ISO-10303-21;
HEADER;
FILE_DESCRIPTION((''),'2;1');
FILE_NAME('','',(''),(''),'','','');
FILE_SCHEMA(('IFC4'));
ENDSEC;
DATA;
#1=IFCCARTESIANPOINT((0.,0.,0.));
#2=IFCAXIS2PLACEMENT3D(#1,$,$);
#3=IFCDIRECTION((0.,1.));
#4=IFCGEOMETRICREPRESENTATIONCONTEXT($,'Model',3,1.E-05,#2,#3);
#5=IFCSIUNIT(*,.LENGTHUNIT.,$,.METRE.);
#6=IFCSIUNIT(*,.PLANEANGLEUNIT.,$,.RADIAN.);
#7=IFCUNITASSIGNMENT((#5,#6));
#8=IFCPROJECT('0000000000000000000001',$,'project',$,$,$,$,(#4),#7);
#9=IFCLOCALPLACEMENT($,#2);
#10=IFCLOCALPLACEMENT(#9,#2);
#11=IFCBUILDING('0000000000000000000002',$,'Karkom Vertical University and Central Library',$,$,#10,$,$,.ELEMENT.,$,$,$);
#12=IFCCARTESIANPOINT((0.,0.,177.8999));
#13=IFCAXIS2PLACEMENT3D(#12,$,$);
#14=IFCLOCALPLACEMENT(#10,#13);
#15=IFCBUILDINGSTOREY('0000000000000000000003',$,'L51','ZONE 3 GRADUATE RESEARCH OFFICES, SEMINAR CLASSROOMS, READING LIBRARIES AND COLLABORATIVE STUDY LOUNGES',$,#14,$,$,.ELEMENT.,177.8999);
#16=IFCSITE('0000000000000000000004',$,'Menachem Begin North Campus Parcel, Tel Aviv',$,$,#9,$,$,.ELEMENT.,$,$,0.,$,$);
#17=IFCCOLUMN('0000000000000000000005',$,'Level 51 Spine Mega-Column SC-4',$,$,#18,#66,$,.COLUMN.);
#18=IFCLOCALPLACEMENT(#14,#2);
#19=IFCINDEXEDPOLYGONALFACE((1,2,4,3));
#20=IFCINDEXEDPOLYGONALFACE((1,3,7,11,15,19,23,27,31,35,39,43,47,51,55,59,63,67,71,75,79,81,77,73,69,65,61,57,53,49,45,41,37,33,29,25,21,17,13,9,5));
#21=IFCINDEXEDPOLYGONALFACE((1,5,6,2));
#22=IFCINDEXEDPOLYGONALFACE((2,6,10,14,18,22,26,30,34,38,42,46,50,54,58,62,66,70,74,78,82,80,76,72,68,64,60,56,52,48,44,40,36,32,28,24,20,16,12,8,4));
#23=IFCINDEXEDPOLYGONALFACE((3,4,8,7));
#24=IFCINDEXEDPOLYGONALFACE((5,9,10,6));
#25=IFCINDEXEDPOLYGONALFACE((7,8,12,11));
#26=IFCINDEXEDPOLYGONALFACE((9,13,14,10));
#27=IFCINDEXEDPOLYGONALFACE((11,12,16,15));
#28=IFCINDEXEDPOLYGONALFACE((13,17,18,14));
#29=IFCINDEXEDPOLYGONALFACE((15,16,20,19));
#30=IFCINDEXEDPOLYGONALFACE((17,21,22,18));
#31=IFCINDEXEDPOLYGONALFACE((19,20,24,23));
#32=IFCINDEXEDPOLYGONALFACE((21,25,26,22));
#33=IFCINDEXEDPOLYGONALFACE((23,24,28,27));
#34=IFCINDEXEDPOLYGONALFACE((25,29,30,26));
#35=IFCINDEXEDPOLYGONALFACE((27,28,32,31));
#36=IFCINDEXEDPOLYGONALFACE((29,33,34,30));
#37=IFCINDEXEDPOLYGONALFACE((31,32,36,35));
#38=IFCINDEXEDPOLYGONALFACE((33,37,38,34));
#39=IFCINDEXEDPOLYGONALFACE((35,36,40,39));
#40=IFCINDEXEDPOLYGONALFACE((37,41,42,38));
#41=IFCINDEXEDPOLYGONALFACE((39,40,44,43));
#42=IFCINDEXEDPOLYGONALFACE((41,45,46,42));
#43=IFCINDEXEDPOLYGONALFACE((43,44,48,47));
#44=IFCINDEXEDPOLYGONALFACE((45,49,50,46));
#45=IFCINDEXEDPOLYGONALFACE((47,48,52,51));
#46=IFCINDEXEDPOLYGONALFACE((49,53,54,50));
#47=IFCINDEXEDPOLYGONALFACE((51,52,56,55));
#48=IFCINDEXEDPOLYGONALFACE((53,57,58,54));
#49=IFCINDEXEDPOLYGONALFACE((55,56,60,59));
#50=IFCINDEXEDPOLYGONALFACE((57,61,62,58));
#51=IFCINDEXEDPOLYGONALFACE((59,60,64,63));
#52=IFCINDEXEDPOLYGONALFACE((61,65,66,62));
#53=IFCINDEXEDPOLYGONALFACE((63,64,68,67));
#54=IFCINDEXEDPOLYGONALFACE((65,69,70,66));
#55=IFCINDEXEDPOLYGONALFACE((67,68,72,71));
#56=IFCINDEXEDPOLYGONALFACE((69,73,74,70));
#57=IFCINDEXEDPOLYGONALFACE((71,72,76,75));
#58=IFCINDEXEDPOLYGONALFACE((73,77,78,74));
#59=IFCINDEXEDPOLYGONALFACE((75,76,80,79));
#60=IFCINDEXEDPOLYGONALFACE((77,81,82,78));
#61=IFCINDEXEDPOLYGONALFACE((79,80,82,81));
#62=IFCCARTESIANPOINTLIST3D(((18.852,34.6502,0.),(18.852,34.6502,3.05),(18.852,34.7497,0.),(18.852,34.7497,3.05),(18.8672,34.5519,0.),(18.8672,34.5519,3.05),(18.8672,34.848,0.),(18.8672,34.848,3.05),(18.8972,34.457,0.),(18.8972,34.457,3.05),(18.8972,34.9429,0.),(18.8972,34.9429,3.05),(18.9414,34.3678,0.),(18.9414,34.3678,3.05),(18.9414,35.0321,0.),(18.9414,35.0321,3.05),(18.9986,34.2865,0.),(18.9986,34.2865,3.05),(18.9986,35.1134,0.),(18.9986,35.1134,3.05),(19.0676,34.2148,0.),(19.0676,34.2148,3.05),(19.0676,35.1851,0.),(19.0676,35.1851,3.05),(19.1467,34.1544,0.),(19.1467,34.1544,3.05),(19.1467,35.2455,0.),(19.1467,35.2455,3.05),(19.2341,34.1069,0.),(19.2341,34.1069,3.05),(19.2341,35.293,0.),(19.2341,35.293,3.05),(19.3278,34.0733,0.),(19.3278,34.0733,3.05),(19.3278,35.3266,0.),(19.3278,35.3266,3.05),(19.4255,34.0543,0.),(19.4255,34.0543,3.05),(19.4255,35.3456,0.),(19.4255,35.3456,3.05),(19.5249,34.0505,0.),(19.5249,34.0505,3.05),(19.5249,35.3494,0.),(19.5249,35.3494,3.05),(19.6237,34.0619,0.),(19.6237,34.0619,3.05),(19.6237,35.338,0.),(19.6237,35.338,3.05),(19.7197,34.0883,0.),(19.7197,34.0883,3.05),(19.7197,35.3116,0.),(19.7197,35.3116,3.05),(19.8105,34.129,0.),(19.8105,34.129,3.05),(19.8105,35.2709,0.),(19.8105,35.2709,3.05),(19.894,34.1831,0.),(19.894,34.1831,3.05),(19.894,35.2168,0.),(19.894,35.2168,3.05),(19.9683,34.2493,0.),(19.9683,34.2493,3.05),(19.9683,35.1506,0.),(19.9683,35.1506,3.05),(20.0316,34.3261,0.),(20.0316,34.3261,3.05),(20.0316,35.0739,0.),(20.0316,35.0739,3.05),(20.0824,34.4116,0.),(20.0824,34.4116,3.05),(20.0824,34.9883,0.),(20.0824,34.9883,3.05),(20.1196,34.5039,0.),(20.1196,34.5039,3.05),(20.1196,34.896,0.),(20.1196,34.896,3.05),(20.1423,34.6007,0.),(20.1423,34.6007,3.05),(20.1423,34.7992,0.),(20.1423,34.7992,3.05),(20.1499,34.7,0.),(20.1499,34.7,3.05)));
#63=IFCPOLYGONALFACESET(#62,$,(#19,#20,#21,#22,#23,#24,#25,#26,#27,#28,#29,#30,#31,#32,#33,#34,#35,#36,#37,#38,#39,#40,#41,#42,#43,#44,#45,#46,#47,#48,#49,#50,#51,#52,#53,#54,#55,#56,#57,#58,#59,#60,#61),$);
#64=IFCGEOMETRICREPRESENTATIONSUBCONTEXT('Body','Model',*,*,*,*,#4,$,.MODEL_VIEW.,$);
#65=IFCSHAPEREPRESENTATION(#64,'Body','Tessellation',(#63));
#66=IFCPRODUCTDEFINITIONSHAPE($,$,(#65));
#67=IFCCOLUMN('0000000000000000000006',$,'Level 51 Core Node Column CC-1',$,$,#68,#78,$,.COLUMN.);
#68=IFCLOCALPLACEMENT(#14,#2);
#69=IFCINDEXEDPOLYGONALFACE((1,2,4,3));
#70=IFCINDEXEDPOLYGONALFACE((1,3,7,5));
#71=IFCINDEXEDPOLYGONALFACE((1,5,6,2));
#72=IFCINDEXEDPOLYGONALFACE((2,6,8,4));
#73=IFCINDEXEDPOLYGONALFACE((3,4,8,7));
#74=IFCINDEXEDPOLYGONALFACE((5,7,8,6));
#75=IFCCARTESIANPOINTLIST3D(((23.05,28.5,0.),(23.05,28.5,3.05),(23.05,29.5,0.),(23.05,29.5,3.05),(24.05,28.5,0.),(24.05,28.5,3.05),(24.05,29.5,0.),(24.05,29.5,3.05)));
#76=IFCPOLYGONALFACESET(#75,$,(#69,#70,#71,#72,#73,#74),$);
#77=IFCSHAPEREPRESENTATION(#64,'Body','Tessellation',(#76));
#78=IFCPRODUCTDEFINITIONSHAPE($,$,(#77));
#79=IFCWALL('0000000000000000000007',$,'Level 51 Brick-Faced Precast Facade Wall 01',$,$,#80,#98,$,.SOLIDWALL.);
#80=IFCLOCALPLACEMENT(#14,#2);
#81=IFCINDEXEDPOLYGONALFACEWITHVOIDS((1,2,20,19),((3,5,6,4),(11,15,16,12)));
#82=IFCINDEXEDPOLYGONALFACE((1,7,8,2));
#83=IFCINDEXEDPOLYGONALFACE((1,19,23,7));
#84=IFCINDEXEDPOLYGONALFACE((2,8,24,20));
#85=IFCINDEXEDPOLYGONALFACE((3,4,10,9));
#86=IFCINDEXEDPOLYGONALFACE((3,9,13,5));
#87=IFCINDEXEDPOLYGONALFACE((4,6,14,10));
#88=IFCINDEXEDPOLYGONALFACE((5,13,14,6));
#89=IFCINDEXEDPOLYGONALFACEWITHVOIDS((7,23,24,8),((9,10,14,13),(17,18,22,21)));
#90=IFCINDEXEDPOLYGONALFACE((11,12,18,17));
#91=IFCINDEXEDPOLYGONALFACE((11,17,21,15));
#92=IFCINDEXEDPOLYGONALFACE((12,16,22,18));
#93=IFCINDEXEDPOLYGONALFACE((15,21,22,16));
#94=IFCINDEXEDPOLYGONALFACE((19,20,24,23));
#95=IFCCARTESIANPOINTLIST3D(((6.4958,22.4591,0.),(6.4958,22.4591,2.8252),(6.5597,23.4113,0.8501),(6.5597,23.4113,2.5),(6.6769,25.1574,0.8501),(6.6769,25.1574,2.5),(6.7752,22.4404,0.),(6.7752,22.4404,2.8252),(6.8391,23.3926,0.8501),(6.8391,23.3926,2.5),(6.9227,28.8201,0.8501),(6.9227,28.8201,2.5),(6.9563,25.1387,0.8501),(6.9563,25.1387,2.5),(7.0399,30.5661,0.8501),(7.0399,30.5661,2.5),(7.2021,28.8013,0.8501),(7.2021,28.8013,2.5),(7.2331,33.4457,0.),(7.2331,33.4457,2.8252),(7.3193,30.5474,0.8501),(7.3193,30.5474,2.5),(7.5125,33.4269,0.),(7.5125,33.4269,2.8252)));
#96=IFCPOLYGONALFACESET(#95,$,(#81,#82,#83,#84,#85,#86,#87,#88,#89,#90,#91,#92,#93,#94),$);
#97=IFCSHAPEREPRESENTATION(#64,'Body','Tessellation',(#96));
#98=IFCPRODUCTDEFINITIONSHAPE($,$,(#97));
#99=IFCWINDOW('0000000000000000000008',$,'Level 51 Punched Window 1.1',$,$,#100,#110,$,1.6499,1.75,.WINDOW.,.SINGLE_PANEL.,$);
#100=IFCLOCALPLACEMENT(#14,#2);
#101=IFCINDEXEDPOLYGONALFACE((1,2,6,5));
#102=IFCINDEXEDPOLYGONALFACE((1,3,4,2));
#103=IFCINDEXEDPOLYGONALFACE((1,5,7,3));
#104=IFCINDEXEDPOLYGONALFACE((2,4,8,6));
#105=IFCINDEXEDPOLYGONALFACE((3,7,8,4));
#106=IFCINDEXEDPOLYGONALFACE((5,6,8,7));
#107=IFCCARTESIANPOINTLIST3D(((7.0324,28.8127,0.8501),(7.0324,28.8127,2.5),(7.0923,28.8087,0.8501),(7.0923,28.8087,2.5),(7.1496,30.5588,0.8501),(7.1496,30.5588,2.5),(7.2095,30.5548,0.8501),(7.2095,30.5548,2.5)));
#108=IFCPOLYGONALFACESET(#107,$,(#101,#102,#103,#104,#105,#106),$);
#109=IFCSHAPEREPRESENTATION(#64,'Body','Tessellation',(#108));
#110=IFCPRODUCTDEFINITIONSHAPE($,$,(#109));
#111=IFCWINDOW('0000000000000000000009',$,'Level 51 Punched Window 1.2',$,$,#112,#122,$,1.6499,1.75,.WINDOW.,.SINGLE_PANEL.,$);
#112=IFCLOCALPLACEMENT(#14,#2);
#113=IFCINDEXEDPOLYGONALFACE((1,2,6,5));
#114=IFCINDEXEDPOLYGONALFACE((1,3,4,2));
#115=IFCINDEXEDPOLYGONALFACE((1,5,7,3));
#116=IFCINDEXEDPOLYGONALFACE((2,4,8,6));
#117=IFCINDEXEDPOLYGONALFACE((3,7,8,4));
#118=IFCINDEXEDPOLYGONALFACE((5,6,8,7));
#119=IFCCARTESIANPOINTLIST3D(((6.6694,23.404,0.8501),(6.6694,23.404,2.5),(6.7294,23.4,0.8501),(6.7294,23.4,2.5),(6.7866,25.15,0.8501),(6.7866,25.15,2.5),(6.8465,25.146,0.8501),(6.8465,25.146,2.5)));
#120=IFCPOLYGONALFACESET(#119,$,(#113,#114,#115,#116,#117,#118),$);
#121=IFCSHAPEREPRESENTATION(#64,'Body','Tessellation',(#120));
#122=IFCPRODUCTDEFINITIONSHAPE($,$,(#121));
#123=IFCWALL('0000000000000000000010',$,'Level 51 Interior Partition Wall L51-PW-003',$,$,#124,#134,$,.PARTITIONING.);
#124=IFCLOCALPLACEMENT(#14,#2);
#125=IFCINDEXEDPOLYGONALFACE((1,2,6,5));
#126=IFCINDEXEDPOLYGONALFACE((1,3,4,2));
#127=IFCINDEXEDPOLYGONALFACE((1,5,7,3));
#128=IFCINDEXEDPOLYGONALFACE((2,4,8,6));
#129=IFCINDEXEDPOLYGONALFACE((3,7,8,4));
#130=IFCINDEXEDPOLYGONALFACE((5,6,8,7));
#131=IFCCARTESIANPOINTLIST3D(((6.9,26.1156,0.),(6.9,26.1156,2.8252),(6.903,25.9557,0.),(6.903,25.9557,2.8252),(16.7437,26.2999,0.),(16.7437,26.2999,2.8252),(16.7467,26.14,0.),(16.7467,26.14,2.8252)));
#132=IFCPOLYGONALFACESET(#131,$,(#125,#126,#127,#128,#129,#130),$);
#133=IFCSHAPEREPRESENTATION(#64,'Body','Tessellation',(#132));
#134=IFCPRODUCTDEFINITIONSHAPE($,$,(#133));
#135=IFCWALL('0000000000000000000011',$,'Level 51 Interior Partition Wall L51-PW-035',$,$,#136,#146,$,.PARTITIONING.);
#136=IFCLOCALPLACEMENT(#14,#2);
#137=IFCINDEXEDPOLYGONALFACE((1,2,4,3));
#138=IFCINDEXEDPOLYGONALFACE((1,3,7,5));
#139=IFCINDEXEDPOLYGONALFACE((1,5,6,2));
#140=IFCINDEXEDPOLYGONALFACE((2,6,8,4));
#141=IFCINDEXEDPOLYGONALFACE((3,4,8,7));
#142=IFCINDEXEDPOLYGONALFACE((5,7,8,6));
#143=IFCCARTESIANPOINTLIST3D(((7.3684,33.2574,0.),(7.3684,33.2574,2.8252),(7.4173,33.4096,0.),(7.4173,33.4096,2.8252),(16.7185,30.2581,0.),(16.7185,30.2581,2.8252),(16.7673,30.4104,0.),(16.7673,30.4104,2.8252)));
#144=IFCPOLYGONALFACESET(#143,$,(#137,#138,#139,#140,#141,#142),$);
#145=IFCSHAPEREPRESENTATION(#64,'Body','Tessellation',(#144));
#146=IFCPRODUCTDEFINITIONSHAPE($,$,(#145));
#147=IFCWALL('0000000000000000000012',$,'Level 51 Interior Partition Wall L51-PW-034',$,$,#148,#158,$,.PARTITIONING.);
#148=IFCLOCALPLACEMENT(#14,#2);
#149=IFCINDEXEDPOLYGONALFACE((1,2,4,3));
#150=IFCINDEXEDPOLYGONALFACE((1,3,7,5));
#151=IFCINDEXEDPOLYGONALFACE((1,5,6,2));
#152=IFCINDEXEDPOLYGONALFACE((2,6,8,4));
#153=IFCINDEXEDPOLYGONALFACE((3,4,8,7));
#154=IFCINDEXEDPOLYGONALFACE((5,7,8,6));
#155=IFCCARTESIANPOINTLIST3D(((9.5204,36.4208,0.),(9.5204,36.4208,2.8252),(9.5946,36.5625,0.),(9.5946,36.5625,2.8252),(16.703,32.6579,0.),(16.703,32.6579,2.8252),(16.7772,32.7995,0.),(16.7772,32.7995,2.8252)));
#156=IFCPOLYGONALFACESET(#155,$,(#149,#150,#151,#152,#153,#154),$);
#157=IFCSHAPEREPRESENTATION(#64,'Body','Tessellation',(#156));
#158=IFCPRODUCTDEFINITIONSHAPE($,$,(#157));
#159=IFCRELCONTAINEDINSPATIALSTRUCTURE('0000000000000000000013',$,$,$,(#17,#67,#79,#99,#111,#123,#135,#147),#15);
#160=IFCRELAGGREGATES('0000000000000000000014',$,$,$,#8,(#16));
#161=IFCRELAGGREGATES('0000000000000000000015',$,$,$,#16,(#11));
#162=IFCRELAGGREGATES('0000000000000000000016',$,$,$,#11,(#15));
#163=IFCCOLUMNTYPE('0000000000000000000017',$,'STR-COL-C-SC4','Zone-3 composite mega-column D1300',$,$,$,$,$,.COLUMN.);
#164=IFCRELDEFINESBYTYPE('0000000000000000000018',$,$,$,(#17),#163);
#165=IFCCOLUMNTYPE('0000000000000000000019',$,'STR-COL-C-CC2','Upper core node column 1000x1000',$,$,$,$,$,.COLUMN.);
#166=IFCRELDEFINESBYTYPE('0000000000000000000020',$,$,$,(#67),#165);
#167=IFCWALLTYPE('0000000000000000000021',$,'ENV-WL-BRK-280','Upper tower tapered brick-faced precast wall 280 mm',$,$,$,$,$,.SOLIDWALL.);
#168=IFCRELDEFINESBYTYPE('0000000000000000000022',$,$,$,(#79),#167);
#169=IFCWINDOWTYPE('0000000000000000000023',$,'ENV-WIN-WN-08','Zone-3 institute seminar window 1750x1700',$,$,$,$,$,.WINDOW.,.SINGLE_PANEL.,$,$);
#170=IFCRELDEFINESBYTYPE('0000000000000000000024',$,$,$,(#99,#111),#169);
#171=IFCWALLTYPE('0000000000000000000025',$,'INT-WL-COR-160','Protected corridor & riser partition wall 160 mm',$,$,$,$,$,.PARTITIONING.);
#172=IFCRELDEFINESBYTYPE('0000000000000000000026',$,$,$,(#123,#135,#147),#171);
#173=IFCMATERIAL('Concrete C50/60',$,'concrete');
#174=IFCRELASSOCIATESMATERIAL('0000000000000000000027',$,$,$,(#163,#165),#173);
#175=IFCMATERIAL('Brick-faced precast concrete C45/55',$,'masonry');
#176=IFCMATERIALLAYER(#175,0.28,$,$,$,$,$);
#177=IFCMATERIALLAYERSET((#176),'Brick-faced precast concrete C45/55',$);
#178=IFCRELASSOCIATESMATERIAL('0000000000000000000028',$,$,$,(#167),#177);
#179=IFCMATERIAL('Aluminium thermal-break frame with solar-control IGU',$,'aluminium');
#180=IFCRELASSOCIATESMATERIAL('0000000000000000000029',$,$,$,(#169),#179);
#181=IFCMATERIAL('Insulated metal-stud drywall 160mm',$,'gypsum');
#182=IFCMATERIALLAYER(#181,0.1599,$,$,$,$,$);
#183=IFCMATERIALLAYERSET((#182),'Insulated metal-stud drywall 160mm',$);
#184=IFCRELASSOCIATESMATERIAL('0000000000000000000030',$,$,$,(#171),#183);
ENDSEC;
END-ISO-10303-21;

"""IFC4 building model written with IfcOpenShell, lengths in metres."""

from ifc_helpers import new_model, si_unit, direction, frame, frame_2d, origin, origin_with_axes, origin_2d, place, context, subcontext, project, spatial, rectangle, circle, extrude, source, transform, mapped, material, layer, layer_set, material_profile, profile_set, type_object, element, fill, save


model = new_model("IFC4")

# Units and contexts
model_context = context("Model", 3, precision=1e-05, world=origin(), true_north=direction((0.0, 1.0)))
body_context = subcontext(model_context, "Body", "Model", "MODEL_VIEW")
ifc_project = project(units=[si_unit("LENGTHUNIT", "METRE"), si_unit("PLANEANGLEUNIT", "RADIAN")], contexts=[model_context])

# Site, building, storey
site_placement = place(None, origin())
site = spatial("IfcSite", under=ifc_project, at=site_placement, Name="Menachem Begin North Campus Parcel, Tel Aviv", CompositionType="ELEMENT", RefElevation=0.0)
building_placement = place(site_placement, origin())
building = spatial("IfcBuilding", under=site, at=building_placement, Name="Karkom Vertical University and Central Library", CompositionType="ELEMENT")
storey_placement = place(building_placement, frame((0.0, 0.0, 177.8999)))
storey = spatial("IfcBuildingStorey", under=building, at=storey_placement, Name="L51", Description="ZONE 3 GRADUATE RESEARCH OFFICES, SEMINAR CLASSROOMS, READING LIBRARIES AND COLLABORATIVE STUDY LOUNGES", CompositionType="ELEMENT", Elevation=177.8999)

# Columns
ifc_material_1 = material(Name="Concrete C50/60", Category="concrete")
ifc_material_profile_1 = material_profile(ifc_material_1, circle(Radius=0.6499, at=origin_2d()), Name="CFT-D1300")
ifc_profile_set_1 = profile_set([ifc_material_profile_1], Name="Concrete C50/60")
column_type_1 = type_object("IfcColumnType", Name="STR-COL-C-SC4", Description="Zone-3 composite mega-column D1300", PredefinedType="COLUMN", material=ifc_profile_set_1)
shared_shape_1 = source(origin_with_axes(), body_context, "Body", "SweptSolid", [
    extrude(circle(Radius=0.6499, at=origin_2d()), origin(), (0.0, 0.0, 1.0), 3.05),
])
column_1_placement = place(storey_placement, frame((19.5, 34.7, 0.0), z_axis=(0.0, 0.0, 1.0), x_axis=(1.0, 0.0, 0.0)))
element("IfcColumn", 1, at=column_1_placement, inside=storey, type_object=column_type_1, Name="Level 51 Spine Mega-Column SC-4", PredefinedType="COLUMN", context=body_context, shape_type="MappedRepresentation", body=[
    mapped(shared_shape_1, transform((0.0, 0.0, 0.0), scale=1.0)),
])
ifc_material_profile_2 = material_profile(ifc_material_1, rectangle(XDim=1.0, YDim=1.0, at=origin_2d()), Name="RC-1000x1000")
ifc_profile_set_2 = profile_set([ifc_material_profile_2], Name="Concrete C50/60")
column_type_2 = type_object("IfcColumnType", Name="STR-COL-C-CC2", Description="Upper core node column 1000x1000", PredefinedType="COLUMN", material=ifc_profile_set_2)
shared_shape_2 = source(origin_with_axes(), body_context, "Body", "SweptSolid", [
    extrude(rectangle(XDim=1.0, YDim=1.0, at=origin_2d()), origin(), (0.0, 0.0, 1.0), 3.05),
])
column_2_placement = place(storey_placement, frame((23.55, 29.0, 0.0), z_axis=(0.0, 0.0, 1.0), x_axis=(1.0, 0.0, 0.0)))
element("IfcColumn", 2, at=column_2_placement, inside=storey, type_object=column_type_2, Name="Level 51 Core Node Column CC-1", PredefinedType="COLUMN", context=body_context, shape_type="MappedRepresentation", body=[
    mapped(shared_shape_2, transform((0.0, 0.0, 0.0), scale=1.0)),
])

# Wall, openings, windows
ifc_material_2 = material(Name="Brick-faced precast concrete C45/55", Category="masonry")
ifc_layer_1 = layer(ifc_material_2, 0.28)
ifc_layer_set_1 = layer_set([ifc_layer_1], Name="Brick-faced precast concrete C45/55")
wall_type_1 = type_object("IfcWallType", Name="ENV-WL-BRK-280", Description="Upper tower tapered brick-faced precast wall 280 mm", PredefinedType="SOLIDWALL", material=ifc_layer_set_1)
wall_1_placement = place(storey_placement, frame((7.3728, 33.4363, 0.0), z_axis=(0.0, 0.0, 1.0), x_axis=(-0.066959, -0.997756, 0.0)))
wall_1 = element("IfcWall", 3, at=wall_1_placement, inside=storey, type_object=wall_type_1, Name="Level 51 Brick-Faced Precast Facade Wall 01", PredefinedType="SOLIDWALL", context=body_context, shape_type="SweptSolid", body=[
    extrude(rectangle(XDim=11.0112, YDim=0.28, at=frame_2d((5.5056, 0.0))), origin(), (0.0, 0.0, 1.0), 2.8252),
])
opening_1_placement = place(wall_1_placement, frame((2.886, 0.0, 0.8501)))
opening_1 = element("IfcOpeningElement", 4, at=opening_1_placement, cuts=wall_1, PredefinedType="OPENING", context=body_context, shape_type="SweptSolid", body=[
    extrude(rectangle(XDim=1.75, YDim=1.6499, at=frame_2d((0.875, 0.825))), frame((0.0, 0.1499, 0.0), z_axis=(0.0, -1.0, 0.0), x_axis=(1.0, 0.0, 0.0)), (0.0, 0.0, 1.0), 0.3),
])
opening_2_placement = place(wall_1_placement, frame((8.3069, 0.0, 0.8501)))
opening_2 = element("IfcOpeningElement", 5, at=opening_2_placement, cuts=wall_1, PredefinedType="OPENING", context=body_context, shape_type="SweptSolid", body=[
    extrude(rectangle(XDim=1.75, YDim=1.6499, at=frame_2d((0.875, 0.825))), frame((0.0, 0.1499, 0.0), z_axis=(0.0, -1.0, 0.0), x_axis=(1.0, 0.0, 0.0)), (0.0, 0.0, 1.0), 0.3),
])
ifc_material_3 = material(Name="Aluminium thermal-break frame with solar-control IGU", Category="aluminium")
window_type = type_object("IfcWindowType", Name="ENV-WIN-WN-08", Description="Zone-3 institute seminar window 1750x1700", PartitioningType="SINGLE_PANEL", PredefinedType="WINDOW", material=ifc_material_3)
shared_shape_3 = source(origin_with_axes(), body_context, "Body", "SweptSolid", [
    extrude(rectangle(XDim=1.75, YDim=1.6499, at=frame_2d((0.875, 0.825))), frame((0.0, 0.03, 0.0), z_axis=(0.0, -1.0, 0.0), x_axis=(1.0, 0.0, 0.0)), (0.0, 0.0, 1.0), 0.0601),
])
window_1_placement = place(opening_1_placement, origin())
window_1 = element("IfcWindow", 6, at=window_1_placement, inside=storey, type_object=window_type, Name="Level 51 Punched Window 1.1", OverallHeight=1.6499, OverallWidth=1.75, PartitioningType="SINGLE_PANEL", PredefinedType="WINDOW", context=body_context, shape_type="MappedRepresentation", body=[
    mapped(shared_shape_3, transform((0.0, 0.0, 0.0), scale=1.0)),
])
fill(opening_1, window_1)
window_2_placement = place(opening_2_placement, origin())
window_2 = element("IfcWindow", 7, at=window_2_placement, inside=storey, type_object=window_type, Name="Level 51 Punched Window 1.2", OverallHeight=1.6499, OverallWidth=1.75, PartitioningType="SINGLE_PANEL", PredefinedType="WINDOW", context=body_context, shape_type="MappedRepresentation", body=[
    mapped(shared_shape_3, transform((0.0, 0.0, 0.0), scale=1.0)),
])
fill(opening_2, window_2)

# Walls
ifc_material_4 = material(Name="Insulated metal-stud drywall 160mm", Category="gypsum")
ifc_layer_2 = layer(ifc_material_4, 0.1599)
ifc_layer_set_2 = layer_set([ifc_layer_2], Name="Insulated metal-stud drywall 160mm")
wall_type_2 = type_object("IfcWallType", Name="INT-WL-COR-160", Description="Protected corridor & riser partition wall 160 mm", PredefinedType="PARTITIONING", material=ifc_layer_set_2)
wall_2_placement = place(storey_placement, frame((6.9014, 26.0356, 0.0), z_axis=(0.0, 0.0, 1.0), x_axis=(0.999825, 0.018722, 0.0)))
element("IfcWall", 8, at=wall_2_placement, inside=storey, type_object=wall_type_2, Name="Level 51 Interior Partition Wall L51-PW-003", PredefinedType="PARTITIONING", context=body_context, shape_type="SweptSolid", body=[
    extrude(rectangle(XDim=9.8455, YDim=0.1599, at=frame_2d((4.9229, 0.0))), origin(), (0.0, 0.0, 1.0), 2.8252),
])
wall_3_placement = place(storey_placement, frame((16.7429, 30.3342, 0.0), z_axis=(0.0, 0.0, 1.0), x_axis=(-0.95221, 0.305444, 0.0)))
element("IfcWall", 9, at=wall_3_placement, inside=storey, type_object=wall_type_2, Name="Level 51 Interior Partition Wall L51-PW-035", PredefinedType="PARTITIONING", context=body_context, shape_type="SweptSolid", body=[
    extrude(rectangle(XDim=9.8193, YDim=0.1599, at=frame_2d((4.9097, 0.0))), origin(), (0.0, 0.0, 1.0), 2.8252),
])
wall_4_placement = place(storey_placement, frame((16.74, 32.7288, 0.0), z_axis=(0.0, 0.0, 1.0), x_axis=(-0.8858, 0.464067, 0.0)))
element("IfcWall", 10, at=wall_4_placement, inside=storey, type_object=wall_type_2, Name="Level 51 Interior Partition Wall L51-PW-034", PredefinedType="PARTITIONING", context=body_context, shape_type="SweptSolid", body=[
    extrude(rectangle(XDim=8.1086, YDim=0.1599, at=frame_2d((4.0542, 0.0))), origin(), (0.0, 0.0, 1.0), 2.8252),
])

save(model, "model.ifc")
